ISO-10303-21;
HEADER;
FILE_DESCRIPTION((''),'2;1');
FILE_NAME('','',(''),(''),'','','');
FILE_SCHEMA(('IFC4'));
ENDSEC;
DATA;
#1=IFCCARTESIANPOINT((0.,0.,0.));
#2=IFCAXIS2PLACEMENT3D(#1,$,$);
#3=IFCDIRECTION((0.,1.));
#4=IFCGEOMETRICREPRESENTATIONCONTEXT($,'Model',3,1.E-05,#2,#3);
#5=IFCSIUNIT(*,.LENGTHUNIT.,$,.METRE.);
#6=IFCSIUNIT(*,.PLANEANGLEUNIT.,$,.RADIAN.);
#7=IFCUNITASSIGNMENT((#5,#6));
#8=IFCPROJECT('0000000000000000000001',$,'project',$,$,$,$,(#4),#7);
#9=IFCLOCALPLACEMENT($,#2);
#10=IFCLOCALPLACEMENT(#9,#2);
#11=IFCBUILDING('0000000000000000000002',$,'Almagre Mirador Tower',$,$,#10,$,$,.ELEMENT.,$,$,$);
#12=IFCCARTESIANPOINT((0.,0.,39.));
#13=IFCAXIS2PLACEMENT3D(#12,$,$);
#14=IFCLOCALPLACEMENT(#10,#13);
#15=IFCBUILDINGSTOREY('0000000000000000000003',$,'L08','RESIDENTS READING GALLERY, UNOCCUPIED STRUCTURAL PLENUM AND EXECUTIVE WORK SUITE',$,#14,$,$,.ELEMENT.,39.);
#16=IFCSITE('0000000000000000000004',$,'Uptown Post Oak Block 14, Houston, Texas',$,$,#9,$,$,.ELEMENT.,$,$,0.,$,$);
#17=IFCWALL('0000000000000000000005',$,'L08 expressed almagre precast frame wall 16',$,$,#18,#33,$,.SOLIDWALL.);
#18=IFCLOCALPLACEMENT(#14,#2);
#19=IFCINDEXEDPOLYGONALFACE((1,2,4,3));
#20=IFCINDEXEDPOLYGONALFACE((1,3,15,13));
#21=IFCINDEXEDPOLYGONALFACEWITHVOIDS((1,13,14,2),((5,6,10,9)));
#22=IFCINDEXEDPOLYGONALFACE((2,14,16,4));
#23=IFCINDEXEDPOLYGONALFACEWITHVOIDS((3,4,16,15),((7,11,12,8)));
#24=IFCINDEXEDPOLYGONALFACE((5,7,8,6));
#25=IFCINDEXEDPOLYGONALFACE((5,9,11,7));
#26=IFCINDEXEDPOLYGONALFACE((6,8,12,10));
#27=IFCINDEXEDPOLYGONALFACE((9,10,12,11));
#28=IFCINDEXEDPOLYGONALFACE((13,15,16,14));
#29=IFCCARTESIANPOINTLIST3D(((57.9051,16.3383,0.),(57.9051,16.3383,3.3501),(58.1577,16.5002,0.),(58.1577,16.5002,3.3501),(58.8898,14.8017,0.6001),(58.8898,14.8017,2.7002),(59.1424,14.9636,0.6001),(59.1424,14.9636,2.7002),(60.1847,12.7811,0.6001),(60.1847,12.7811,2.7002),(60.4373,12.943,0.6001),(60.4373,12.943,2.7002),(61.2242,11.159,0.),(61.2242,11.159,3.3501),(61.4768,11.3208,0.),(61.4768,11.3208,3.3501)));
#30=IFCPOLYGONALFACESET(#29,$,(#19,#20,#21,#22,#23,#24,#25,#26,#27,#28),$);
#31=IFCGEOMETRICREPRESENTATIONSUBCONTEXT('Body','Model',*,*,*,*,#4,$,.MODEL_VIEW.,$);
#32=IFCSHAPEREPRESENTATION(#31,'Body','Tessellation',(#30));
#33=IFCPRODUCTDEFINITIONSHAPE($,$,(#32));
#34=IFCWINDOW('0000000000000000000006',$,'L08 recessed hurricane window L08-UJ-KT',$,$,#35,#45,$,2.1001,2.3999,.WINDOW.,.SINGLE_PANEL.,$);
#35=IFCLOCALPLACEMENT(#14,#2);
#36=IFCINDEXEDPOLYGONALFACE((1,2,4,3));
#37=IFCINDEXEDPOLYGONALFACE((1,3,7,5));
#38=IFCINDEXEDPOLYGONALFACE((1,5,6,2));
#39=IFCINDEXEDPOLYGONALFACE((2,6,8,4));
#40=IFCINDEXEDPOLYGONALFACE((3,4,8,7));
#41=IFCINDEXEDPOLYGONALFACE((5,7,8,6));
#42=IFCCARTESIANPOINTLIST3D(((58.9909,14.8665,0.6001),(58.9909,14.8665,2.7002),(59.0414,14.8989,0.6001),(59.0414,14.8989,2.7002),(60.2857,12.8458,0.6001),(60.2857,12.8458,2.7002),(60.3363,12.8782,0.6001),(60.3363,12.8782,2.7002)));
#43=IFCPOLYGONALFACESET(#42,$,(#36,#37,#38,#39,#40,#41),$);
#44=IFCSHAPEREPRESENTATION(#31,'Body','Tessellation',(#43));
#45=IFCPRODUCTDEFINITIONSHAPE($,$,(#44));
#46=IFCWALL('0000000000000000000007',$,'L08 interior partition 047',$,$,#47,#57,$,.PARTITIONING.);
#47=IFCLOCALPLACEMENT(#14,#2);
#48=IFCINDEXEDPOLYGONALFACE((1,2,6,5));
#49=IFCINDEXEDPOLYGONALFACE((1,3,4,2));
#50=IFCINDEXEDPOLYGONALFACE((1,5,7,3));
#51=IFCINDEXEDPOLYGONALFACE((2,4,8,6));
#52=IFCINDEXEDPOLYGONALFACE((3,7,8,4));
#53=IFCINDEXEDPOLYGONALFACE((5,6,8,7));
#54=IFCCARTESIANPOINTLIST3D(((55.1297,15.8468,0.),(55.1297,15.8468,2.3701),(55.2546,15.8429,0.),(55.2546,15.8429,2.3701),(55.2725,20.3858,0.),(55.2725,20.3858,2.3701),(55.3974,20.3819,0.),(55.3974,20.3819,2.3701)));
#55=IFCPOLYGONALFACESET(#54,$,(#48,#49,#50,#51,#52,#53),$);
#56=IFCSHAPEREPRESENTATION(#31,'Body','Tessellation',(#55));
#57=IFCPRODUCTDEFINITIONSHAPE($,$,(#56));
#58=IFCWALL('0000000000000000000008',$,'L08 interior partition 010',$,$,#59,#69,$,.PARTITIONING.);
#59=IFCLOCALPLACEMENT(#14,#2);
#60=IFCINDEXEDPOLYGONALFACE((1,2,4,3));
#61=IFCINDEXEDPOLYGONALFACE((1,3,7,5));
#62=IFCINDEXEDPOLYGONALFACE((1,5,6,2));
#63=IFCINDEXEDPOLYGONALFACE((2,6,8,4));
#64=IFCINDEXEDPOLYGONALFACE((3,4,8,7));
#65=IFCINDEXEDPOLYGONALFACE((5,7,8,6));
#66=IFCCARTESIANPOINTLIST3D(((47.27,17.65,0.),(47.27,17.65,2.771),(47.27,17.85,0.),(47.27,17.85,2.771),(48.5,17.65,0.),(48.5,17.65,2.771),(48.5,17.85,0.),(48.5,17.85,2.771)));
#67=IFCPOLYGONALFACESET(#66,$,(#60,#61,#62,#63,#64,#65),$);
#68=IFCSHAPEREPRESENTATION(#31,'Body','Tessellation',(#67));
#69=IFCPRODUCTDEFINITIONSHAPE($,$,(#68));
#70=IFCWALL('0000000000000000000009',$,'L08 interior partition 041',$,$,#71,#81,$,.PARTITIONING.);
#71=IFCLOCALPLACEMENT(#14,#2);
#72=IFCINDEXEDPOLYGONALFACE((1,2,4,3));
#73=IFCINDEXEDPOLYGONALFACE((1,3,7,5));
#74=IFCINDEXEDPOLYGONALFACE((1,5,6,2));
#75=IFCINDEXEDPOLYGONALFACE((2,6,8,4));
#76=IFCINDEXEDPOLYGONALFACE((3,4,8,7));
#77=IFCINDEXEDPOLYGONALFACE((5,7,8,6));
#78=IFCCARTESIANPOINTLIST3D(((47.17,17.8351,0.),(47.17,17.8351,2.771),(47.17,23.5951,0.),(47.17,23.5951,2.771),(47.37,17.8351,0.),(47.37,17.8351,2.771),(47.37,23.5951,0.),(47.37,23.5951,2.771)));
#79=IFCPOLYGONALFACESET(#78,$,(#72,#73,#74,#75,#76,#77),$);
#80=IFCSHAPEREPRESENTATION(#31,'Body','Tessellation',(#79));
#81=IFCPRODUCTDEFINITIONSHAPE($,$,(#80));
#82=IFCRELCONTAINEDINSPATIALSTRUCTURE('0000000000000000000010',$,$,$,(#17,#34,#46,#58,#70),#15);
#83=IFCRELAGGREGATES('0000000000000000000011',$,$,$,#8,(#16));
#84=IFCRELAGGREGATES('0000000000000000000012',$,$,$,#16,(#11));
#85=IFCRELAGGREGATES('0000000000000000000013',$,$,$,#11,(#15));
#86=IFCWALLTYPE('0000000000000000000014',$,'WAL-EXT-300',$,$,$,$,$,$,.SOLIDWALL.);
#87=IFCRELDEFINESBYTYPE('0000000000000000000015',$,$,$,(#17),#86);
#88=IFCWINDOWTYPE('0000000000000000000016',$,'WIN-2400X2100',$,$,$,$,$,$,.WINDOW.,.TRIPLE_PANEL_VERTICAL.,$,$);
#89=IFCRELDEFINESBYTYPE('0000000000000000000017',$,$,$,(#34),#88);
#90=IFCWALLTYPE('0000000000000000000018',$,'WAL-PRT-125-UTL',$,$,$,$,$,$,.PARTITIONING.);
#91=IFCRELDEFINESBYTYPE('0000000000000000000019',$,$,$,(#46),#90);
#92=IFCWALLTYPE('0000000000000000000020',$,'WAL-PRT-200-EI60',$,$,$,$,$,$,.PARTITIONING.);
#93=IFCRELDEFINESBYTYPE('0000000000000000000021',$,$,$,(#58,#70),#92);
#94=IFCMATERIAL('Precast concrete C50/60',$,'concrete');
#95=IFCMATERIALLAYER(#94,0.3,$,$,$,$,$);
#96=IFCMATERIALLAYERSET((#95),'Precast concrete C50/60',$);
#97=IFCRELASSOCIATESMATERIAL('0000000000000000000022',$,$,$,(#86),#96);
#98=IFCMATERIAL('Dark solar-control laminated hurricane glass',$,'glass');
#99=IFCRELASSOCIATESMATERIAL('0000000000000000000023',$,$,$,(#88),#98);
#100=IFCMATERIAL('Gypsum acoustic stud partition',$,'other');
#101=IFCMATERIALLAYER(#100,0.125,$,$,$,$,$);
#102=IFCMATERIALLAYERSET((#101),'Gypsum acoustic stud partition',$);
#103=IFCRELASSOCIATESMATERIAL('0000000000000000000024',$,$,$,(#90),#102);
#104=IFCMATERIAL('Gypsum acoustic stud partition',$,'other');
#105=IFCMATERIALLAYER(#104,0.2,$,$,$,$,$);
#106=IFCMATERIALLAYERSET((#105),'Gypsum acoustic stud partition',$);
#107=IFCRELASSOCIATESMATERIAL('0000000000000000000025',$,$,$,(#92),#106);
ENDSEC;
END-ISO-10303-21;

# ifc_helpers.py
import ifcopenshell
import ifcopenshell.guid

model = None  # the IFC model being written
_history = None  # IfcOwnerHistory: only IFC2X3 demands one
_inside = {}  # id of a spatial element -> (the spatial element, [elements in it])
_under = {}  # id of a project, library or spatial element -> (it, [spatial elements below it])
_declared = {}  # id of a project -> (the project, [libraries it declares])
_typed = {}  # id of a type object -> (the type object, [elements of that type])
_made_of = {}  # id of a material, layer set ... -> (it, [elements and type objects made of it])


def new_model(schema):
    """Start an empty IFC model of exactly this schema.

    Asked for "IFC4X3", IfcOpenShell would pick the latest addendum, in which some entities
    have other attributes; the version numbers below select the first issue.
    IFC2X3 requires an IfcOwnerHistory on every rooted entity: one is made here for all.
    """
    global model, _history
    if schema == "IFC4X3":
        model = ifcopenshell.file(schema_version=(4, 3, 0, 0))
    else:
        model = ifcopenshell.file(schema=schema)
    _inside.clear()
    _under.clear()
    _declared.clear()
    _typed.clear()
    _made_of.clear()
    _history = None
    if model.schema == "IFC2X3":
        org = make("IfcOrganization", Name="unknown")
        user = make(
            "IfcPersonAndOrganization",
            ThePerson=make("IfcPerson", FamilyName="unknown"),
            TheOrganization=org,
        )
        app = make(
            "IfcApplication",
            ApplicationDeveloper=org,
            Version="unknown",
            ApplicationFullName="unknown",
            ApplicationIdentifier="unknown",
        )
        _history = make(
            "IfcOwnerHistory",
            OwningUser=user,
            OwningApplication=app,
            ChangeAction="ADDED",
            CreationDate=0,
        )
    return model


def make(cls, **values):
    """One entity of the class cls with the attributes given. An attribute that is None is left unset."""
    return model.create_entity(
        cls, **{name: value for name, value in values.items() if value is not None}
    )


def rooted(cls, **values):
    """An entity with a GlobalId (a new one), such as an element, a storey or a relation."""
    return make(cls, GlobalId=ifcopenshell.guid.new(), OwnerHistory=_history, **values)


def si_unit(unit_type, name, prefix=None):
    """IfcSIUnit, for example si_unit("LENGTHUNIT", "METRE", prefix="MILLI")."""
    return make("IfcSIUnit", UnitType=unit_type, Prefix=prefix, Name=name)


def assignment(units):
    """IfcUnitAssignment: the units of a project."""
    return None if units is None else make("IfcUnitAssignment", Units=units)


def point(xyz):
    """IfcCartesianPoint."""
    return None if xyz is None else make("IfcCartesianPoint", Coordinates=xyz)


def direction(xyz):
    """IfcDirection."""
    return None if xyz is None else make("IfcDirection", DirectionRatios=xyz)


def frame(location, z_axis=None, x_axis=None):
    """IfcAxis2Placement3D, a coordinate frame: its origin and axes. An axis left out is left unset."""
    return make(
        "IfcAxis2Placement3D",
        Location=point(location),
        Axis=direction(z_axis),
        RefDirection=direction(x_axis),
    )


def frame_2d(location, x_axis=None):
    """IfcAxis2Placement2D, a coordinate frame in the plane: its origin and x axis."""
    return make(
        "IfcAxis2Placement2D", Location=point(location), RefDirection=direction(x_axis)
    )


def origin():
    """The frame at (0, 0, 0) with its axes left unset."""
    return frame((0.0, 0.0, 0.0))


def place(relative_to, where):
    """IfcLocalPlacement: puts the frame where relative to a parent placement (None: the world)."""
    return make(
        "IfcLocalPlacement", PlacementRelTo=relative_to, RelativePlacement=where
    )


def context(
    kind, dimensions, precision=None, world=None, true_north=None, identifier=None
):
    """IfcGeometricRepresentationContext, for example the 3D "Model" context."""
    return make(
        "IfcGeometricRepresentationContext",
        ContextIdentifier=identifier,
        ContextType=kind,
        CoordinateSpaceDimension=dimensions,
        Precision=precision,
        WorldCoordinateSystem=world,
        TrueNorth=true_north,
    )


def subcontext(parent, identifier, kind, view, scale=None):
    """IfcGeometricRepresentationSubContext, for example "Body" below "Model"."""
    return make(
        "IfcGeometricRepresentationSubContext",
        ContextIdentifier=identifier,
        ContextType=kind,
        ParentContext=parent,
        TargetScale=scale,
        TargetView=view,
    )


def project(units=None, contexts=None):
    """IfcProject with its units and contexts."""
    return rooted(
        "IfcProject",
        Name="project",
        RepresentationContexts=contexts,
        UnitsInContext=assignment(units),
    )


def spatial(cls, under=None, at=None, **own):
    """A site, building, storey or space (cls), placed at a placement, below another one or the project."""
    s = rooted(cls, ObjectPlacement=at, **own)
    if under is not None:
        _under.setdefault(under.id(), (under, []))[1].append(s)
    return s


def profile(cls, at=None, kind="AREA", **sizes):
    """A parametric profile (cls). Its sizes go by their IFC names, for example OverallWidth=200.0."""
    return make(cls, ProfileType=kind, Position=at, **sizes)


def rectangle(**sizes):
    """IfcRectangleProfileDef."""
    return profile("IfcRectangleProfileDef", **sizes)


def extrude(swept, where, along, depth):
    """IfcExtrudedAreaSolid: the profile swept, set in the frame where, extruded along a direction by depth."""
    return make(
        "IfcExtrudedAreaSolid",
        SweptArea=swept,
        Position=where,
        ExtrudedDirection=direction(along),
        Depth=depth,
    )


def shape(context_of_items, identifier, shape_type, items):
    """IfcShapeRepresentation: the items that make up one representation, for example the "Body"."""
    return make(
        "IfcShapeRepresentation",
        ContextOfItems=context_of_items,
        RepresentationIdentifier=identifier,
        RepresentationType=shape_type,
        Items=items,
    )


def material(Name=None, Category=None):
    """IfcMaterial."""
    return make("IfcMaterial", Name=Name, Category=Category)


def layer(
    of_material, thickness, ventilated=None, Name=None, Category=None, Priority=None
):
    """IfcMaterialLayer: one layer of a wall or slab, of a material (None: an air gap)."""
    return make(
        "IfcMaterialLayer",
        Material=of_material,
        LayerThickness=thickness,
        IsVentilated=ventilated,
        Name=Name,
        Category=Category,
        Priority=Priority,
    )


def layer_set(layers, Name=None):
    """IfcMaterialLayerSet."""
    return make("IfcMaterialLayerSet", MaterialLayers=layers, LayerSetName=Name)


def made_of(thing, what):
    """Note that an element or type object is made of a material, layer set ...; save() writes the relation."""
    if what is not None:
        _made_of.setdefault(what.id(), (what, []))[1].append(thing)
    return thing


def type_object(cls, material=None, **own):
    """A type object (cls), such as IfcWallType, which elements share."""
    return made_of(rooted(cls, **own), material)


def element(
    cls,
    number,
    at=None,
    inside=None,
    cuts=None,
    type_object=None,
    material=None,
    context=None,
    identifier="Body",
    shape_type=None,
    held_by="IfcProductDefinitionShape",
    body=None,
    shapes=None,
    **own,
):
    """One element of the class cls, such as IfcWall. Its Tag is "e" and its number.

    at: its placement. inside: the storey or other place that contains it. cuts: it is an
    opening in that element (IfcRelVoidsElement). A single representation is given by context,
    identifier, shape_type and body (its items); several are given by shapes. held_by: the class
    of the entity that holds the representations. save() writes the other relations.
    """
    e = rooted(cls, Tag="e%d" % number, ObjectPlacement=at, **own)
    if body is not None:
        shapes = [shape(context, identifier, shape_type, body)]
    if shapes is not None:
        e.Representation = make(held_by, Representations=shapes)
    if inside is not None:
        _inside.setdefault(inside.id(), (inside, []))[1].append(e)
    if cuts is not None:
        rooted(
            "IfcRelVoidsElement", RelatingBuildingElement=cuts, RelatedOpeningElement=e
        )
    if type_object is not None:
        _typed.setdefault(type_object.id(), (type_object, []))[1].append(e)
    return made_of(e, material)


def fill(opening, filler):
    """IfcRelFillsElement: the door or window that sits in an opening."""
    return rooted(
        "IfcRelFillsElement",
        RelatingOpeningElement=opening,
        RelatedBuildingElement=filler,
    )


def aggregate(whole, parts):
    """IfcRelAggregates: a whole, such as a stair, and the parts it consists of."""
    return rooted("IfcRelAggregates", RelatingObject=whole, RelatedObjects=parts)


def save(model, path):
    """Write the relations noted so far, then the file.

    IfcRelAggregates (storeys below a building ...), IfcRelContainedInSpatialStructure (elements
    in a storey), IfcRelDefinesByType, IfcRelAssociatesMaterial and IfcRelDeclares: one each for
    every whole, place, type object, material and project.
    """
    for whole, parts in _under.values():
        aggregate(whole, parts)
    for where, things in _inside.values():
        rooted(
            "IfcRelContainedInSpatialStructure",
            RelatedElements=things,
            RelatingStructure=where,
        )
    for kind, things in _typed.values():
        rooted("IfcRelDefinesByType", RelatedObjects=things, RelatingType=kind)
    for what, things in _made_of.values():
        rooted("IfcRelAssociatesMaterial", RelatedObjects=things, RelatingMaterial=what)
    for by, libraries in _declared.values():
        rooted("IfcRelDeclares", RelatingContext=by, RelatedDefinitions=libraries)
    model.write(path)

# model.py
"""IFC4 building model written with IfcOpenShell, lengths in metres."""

from ifc_helpers import new_model, si_unit, direction, frame, frame_2d, origin, place, context, subcontext, project, spatial, rectangle, extrude, material, layer, layer_set, type_object, element, fill, save


model = new_model("IFC4")

# Units and contexts
model_context = context("Model", 3, precision=1e-05, world=origin(), true_north=direction((0.0, 1.0)))
body_context = subcontext(model_context, "Body", "Model", "MODEL_VIEW")
ifc_project = project(units=[si_unit("LENGTHUNIT", "METRE"), si_unit("PLANEANGLEUNIT", "RADIAN")], contexts=[model_context])

# Site, building, storey
site_placement = place(None, origin())
site = spatial("IfcSite", under=ifc_project, at=site_placement, Name="Uptown Post Oak Block 14, Houston, Texas", CompositionType="ELEMENT", RefElevation=0.0)
building_placement = place(site_placement, origin())
building = spatial("IfcBuilding", under=site, at=building_placement, Name="Almagre Mirador Tower", CompositionType="ELEMENT")
storey_placement = place(building_placement, frame((0.0, 0.0, 39.0)))
storey = spatial("IfcBuildingStorey", under=building, at=storey_placement, Name="L08", Description="RESIDENTS READING GALLERY, UNOCCUPIED STRUCTURAL PLENUM AND EXECUTIVE WORK SUITE", CompositionType="ELEMENT", Elevation=39.0)

# Shared definitions
ifc_material_1 = material(Name="Precast concrete C50/60", Category="concrete")
ifc_layer_1 = layer(ifc_material_1, 0.3)
ifc_layer_set_1 = layer_set([ifc_layer_1], Name="Precast concrete C50/60")
wall_type_1 = type_object("IfcWallType", Name="WAL-EXT-300", PredefinedType="SOLIDWALL", material=ifc_layer_set_1)

# Wall, opening, window
wall_1_placement = place(storey_placement, frame((58.0315, 16.4192, 0.0), z_axis=(0.0, 0.0, 1.0), x_axis=(0.539543, -0.841958, 0.0)))
wall_1 = element("IfcWall", 1, at=wall_1_placement, inside=storey, type_object=wall_type_1, Name="L08 expressed almagre precast frame wall 16", PredefinedType="SOLIDWALL", context=body_context, shape_type="SweptSolid", body=[
    extrude(rectangle(XDim=6.1516, YDim=0.3, at=frame_2d((3.0757, 0.0))), origin(), (0.0, 0.0, 1.0), 3.3501),
])
opening_1_placement = place(wall_1_placement, frame((1.825, 0.0, 0.6001)))
opening_1 = element("IfcOpeningElement", 2, at=opening_1_placement, cuts=wall_1, PredefinedType="OPENING", context=body_context, shape_type="SweptSolid", body=[
    extrude(rectangle(XDim=2.3999, YDim=2.1001, at=frame_2d((1.2, 1.05))), frame((0.0, 0.1599, 0.0), z_axis=(0.0, -1.0, 0.0), x_axis=(1.0, 0.0, 0.0)), (0.0, 0.0, 1.0), 0.32),
])
ifc_material_2 = material(Name="Dark solar-control laminated hurricane glass", Category="glass")
window_type_1 = type_object("IfcWindowType", Name="WIN-2400X2100", PartitioningType="TRIPLE_PANEL_VERTICAL", PredefinedType="WINDOW", material=ifc_material_2)
window_1_placement = place(opening_1_placement, origin())
window_1 = element("IfcWindow", 3, at=window_1_placement, inside=storey, type_object=window_type_1, Name="L08 recessed hurricane window L08-UJ-KT", OverallHeight=2.1001, OverallWidth=2.3999, PartitioningType="SINGLE_PANEL", PredefinedType="WINDOW", context=body_context, shape_type="SweptSolid", body=[
    extrude(rectangle(XDim=2.3999, YDim=2.1001, at=frame_2d((1.2, 1.05))), frame((0.0, 0.03, 0.0), z_axis=(0.0, -1.0, 0.0), x_axis=(1.0, 0.0, 0.0)), (0.0, 0.0, 1.0), 0.0601),
])
fill(opening_1, window_1)

# Walls
ifc_material_3 = material(Name="Gypsum acoustic stud partition", Category="other")
ifc_layer_2 = layer(ifc_material_3, 0.125)
ifc_layer_set_2 = layer_set([ifc_layer_2], Name="Gypsum acoustic stud partition")
wall_type_2 = type_object("IfcWallType", Name="WAL-PRT-125-UTL", PredefinedType="PARTITIONING", material=ifc_layer_set_2)
wall_2_placement = place(storey_placement, frame((55.1921, 15.845, 0.0), z_axis=(0.0, 0.0, 1.0), x_axis=(0.03145, 0.999505, 0.0)))
element("IfcWall", 4, at=wall_2_placement, inside=storey, type_object=wall_type_2, Name="L08 interior partition 047", PredefinedType="PARTITIONING", context=body_context, shape_type="SweptSolid", body=[
    extrude(rectangle(XDim=4.5413, YDim=0.125, at=frame_2d((2.2705, 0.0))), origin(), (0.0, 0.0, 1.0), 2.3701),
])
ifc_material_4 = material(Name="Gypsum acoustic stud partition", Category="other")
ifc_layer_3 = layer(ifc_material_4, 0.2)
ifc_layer_set_3 = layer_set([ifc_layer_3], Name="Gypsum acoustic stud partition")
wall_type_3 = type_object("IfcWallType", Name="WAL-PRT-200-EI60", PredefinedType="PARTITIONING", material=ifc_layer_set_3)
wall_3_placement = place(storey_placement, frame((48.5, 17.75, 0.0), z_axis=(0.0, 0.0, 1.0), x_axis=(-1.0, 0.0, 0.0)))
element("IfcWall", 5, at=wall_3_placement, inside=storey, type_object=wall_type_3, Name="L08 interior partition 010", PredefinedType="PARTITIONING", context=body_context, shape_type="SweptSolid", body=[
    extrude(rectangle(XDim=1.23, YDim=0.2, at=frame_2d((0.615, 0.0))), origin(), (0.0, 0.0, 1.0), 2.771),
])
wall_4_placement = place(storey_placement, frame((47.27, 23.595, 0.0), z_axis=(0.0, 0.0, 1.0), x_axis=(0.0, -1.0, 0.0)))
element("IfcWall", 6, at=wall_4_placement, inside=storey, type_object=wall_type_3, Name="L08 interior partition 041", PredefinedType="PARTITIONING", context=body_context, shape_type="SweptSolid", body=[
    extrude(rectangle(XDim=5.76, YDim=0.2, at=frame_2d((2.8799, 0.0))), origin(), (0.0, 0.0, 1.0), 2.771),
])

save(model, "model.ifc")
